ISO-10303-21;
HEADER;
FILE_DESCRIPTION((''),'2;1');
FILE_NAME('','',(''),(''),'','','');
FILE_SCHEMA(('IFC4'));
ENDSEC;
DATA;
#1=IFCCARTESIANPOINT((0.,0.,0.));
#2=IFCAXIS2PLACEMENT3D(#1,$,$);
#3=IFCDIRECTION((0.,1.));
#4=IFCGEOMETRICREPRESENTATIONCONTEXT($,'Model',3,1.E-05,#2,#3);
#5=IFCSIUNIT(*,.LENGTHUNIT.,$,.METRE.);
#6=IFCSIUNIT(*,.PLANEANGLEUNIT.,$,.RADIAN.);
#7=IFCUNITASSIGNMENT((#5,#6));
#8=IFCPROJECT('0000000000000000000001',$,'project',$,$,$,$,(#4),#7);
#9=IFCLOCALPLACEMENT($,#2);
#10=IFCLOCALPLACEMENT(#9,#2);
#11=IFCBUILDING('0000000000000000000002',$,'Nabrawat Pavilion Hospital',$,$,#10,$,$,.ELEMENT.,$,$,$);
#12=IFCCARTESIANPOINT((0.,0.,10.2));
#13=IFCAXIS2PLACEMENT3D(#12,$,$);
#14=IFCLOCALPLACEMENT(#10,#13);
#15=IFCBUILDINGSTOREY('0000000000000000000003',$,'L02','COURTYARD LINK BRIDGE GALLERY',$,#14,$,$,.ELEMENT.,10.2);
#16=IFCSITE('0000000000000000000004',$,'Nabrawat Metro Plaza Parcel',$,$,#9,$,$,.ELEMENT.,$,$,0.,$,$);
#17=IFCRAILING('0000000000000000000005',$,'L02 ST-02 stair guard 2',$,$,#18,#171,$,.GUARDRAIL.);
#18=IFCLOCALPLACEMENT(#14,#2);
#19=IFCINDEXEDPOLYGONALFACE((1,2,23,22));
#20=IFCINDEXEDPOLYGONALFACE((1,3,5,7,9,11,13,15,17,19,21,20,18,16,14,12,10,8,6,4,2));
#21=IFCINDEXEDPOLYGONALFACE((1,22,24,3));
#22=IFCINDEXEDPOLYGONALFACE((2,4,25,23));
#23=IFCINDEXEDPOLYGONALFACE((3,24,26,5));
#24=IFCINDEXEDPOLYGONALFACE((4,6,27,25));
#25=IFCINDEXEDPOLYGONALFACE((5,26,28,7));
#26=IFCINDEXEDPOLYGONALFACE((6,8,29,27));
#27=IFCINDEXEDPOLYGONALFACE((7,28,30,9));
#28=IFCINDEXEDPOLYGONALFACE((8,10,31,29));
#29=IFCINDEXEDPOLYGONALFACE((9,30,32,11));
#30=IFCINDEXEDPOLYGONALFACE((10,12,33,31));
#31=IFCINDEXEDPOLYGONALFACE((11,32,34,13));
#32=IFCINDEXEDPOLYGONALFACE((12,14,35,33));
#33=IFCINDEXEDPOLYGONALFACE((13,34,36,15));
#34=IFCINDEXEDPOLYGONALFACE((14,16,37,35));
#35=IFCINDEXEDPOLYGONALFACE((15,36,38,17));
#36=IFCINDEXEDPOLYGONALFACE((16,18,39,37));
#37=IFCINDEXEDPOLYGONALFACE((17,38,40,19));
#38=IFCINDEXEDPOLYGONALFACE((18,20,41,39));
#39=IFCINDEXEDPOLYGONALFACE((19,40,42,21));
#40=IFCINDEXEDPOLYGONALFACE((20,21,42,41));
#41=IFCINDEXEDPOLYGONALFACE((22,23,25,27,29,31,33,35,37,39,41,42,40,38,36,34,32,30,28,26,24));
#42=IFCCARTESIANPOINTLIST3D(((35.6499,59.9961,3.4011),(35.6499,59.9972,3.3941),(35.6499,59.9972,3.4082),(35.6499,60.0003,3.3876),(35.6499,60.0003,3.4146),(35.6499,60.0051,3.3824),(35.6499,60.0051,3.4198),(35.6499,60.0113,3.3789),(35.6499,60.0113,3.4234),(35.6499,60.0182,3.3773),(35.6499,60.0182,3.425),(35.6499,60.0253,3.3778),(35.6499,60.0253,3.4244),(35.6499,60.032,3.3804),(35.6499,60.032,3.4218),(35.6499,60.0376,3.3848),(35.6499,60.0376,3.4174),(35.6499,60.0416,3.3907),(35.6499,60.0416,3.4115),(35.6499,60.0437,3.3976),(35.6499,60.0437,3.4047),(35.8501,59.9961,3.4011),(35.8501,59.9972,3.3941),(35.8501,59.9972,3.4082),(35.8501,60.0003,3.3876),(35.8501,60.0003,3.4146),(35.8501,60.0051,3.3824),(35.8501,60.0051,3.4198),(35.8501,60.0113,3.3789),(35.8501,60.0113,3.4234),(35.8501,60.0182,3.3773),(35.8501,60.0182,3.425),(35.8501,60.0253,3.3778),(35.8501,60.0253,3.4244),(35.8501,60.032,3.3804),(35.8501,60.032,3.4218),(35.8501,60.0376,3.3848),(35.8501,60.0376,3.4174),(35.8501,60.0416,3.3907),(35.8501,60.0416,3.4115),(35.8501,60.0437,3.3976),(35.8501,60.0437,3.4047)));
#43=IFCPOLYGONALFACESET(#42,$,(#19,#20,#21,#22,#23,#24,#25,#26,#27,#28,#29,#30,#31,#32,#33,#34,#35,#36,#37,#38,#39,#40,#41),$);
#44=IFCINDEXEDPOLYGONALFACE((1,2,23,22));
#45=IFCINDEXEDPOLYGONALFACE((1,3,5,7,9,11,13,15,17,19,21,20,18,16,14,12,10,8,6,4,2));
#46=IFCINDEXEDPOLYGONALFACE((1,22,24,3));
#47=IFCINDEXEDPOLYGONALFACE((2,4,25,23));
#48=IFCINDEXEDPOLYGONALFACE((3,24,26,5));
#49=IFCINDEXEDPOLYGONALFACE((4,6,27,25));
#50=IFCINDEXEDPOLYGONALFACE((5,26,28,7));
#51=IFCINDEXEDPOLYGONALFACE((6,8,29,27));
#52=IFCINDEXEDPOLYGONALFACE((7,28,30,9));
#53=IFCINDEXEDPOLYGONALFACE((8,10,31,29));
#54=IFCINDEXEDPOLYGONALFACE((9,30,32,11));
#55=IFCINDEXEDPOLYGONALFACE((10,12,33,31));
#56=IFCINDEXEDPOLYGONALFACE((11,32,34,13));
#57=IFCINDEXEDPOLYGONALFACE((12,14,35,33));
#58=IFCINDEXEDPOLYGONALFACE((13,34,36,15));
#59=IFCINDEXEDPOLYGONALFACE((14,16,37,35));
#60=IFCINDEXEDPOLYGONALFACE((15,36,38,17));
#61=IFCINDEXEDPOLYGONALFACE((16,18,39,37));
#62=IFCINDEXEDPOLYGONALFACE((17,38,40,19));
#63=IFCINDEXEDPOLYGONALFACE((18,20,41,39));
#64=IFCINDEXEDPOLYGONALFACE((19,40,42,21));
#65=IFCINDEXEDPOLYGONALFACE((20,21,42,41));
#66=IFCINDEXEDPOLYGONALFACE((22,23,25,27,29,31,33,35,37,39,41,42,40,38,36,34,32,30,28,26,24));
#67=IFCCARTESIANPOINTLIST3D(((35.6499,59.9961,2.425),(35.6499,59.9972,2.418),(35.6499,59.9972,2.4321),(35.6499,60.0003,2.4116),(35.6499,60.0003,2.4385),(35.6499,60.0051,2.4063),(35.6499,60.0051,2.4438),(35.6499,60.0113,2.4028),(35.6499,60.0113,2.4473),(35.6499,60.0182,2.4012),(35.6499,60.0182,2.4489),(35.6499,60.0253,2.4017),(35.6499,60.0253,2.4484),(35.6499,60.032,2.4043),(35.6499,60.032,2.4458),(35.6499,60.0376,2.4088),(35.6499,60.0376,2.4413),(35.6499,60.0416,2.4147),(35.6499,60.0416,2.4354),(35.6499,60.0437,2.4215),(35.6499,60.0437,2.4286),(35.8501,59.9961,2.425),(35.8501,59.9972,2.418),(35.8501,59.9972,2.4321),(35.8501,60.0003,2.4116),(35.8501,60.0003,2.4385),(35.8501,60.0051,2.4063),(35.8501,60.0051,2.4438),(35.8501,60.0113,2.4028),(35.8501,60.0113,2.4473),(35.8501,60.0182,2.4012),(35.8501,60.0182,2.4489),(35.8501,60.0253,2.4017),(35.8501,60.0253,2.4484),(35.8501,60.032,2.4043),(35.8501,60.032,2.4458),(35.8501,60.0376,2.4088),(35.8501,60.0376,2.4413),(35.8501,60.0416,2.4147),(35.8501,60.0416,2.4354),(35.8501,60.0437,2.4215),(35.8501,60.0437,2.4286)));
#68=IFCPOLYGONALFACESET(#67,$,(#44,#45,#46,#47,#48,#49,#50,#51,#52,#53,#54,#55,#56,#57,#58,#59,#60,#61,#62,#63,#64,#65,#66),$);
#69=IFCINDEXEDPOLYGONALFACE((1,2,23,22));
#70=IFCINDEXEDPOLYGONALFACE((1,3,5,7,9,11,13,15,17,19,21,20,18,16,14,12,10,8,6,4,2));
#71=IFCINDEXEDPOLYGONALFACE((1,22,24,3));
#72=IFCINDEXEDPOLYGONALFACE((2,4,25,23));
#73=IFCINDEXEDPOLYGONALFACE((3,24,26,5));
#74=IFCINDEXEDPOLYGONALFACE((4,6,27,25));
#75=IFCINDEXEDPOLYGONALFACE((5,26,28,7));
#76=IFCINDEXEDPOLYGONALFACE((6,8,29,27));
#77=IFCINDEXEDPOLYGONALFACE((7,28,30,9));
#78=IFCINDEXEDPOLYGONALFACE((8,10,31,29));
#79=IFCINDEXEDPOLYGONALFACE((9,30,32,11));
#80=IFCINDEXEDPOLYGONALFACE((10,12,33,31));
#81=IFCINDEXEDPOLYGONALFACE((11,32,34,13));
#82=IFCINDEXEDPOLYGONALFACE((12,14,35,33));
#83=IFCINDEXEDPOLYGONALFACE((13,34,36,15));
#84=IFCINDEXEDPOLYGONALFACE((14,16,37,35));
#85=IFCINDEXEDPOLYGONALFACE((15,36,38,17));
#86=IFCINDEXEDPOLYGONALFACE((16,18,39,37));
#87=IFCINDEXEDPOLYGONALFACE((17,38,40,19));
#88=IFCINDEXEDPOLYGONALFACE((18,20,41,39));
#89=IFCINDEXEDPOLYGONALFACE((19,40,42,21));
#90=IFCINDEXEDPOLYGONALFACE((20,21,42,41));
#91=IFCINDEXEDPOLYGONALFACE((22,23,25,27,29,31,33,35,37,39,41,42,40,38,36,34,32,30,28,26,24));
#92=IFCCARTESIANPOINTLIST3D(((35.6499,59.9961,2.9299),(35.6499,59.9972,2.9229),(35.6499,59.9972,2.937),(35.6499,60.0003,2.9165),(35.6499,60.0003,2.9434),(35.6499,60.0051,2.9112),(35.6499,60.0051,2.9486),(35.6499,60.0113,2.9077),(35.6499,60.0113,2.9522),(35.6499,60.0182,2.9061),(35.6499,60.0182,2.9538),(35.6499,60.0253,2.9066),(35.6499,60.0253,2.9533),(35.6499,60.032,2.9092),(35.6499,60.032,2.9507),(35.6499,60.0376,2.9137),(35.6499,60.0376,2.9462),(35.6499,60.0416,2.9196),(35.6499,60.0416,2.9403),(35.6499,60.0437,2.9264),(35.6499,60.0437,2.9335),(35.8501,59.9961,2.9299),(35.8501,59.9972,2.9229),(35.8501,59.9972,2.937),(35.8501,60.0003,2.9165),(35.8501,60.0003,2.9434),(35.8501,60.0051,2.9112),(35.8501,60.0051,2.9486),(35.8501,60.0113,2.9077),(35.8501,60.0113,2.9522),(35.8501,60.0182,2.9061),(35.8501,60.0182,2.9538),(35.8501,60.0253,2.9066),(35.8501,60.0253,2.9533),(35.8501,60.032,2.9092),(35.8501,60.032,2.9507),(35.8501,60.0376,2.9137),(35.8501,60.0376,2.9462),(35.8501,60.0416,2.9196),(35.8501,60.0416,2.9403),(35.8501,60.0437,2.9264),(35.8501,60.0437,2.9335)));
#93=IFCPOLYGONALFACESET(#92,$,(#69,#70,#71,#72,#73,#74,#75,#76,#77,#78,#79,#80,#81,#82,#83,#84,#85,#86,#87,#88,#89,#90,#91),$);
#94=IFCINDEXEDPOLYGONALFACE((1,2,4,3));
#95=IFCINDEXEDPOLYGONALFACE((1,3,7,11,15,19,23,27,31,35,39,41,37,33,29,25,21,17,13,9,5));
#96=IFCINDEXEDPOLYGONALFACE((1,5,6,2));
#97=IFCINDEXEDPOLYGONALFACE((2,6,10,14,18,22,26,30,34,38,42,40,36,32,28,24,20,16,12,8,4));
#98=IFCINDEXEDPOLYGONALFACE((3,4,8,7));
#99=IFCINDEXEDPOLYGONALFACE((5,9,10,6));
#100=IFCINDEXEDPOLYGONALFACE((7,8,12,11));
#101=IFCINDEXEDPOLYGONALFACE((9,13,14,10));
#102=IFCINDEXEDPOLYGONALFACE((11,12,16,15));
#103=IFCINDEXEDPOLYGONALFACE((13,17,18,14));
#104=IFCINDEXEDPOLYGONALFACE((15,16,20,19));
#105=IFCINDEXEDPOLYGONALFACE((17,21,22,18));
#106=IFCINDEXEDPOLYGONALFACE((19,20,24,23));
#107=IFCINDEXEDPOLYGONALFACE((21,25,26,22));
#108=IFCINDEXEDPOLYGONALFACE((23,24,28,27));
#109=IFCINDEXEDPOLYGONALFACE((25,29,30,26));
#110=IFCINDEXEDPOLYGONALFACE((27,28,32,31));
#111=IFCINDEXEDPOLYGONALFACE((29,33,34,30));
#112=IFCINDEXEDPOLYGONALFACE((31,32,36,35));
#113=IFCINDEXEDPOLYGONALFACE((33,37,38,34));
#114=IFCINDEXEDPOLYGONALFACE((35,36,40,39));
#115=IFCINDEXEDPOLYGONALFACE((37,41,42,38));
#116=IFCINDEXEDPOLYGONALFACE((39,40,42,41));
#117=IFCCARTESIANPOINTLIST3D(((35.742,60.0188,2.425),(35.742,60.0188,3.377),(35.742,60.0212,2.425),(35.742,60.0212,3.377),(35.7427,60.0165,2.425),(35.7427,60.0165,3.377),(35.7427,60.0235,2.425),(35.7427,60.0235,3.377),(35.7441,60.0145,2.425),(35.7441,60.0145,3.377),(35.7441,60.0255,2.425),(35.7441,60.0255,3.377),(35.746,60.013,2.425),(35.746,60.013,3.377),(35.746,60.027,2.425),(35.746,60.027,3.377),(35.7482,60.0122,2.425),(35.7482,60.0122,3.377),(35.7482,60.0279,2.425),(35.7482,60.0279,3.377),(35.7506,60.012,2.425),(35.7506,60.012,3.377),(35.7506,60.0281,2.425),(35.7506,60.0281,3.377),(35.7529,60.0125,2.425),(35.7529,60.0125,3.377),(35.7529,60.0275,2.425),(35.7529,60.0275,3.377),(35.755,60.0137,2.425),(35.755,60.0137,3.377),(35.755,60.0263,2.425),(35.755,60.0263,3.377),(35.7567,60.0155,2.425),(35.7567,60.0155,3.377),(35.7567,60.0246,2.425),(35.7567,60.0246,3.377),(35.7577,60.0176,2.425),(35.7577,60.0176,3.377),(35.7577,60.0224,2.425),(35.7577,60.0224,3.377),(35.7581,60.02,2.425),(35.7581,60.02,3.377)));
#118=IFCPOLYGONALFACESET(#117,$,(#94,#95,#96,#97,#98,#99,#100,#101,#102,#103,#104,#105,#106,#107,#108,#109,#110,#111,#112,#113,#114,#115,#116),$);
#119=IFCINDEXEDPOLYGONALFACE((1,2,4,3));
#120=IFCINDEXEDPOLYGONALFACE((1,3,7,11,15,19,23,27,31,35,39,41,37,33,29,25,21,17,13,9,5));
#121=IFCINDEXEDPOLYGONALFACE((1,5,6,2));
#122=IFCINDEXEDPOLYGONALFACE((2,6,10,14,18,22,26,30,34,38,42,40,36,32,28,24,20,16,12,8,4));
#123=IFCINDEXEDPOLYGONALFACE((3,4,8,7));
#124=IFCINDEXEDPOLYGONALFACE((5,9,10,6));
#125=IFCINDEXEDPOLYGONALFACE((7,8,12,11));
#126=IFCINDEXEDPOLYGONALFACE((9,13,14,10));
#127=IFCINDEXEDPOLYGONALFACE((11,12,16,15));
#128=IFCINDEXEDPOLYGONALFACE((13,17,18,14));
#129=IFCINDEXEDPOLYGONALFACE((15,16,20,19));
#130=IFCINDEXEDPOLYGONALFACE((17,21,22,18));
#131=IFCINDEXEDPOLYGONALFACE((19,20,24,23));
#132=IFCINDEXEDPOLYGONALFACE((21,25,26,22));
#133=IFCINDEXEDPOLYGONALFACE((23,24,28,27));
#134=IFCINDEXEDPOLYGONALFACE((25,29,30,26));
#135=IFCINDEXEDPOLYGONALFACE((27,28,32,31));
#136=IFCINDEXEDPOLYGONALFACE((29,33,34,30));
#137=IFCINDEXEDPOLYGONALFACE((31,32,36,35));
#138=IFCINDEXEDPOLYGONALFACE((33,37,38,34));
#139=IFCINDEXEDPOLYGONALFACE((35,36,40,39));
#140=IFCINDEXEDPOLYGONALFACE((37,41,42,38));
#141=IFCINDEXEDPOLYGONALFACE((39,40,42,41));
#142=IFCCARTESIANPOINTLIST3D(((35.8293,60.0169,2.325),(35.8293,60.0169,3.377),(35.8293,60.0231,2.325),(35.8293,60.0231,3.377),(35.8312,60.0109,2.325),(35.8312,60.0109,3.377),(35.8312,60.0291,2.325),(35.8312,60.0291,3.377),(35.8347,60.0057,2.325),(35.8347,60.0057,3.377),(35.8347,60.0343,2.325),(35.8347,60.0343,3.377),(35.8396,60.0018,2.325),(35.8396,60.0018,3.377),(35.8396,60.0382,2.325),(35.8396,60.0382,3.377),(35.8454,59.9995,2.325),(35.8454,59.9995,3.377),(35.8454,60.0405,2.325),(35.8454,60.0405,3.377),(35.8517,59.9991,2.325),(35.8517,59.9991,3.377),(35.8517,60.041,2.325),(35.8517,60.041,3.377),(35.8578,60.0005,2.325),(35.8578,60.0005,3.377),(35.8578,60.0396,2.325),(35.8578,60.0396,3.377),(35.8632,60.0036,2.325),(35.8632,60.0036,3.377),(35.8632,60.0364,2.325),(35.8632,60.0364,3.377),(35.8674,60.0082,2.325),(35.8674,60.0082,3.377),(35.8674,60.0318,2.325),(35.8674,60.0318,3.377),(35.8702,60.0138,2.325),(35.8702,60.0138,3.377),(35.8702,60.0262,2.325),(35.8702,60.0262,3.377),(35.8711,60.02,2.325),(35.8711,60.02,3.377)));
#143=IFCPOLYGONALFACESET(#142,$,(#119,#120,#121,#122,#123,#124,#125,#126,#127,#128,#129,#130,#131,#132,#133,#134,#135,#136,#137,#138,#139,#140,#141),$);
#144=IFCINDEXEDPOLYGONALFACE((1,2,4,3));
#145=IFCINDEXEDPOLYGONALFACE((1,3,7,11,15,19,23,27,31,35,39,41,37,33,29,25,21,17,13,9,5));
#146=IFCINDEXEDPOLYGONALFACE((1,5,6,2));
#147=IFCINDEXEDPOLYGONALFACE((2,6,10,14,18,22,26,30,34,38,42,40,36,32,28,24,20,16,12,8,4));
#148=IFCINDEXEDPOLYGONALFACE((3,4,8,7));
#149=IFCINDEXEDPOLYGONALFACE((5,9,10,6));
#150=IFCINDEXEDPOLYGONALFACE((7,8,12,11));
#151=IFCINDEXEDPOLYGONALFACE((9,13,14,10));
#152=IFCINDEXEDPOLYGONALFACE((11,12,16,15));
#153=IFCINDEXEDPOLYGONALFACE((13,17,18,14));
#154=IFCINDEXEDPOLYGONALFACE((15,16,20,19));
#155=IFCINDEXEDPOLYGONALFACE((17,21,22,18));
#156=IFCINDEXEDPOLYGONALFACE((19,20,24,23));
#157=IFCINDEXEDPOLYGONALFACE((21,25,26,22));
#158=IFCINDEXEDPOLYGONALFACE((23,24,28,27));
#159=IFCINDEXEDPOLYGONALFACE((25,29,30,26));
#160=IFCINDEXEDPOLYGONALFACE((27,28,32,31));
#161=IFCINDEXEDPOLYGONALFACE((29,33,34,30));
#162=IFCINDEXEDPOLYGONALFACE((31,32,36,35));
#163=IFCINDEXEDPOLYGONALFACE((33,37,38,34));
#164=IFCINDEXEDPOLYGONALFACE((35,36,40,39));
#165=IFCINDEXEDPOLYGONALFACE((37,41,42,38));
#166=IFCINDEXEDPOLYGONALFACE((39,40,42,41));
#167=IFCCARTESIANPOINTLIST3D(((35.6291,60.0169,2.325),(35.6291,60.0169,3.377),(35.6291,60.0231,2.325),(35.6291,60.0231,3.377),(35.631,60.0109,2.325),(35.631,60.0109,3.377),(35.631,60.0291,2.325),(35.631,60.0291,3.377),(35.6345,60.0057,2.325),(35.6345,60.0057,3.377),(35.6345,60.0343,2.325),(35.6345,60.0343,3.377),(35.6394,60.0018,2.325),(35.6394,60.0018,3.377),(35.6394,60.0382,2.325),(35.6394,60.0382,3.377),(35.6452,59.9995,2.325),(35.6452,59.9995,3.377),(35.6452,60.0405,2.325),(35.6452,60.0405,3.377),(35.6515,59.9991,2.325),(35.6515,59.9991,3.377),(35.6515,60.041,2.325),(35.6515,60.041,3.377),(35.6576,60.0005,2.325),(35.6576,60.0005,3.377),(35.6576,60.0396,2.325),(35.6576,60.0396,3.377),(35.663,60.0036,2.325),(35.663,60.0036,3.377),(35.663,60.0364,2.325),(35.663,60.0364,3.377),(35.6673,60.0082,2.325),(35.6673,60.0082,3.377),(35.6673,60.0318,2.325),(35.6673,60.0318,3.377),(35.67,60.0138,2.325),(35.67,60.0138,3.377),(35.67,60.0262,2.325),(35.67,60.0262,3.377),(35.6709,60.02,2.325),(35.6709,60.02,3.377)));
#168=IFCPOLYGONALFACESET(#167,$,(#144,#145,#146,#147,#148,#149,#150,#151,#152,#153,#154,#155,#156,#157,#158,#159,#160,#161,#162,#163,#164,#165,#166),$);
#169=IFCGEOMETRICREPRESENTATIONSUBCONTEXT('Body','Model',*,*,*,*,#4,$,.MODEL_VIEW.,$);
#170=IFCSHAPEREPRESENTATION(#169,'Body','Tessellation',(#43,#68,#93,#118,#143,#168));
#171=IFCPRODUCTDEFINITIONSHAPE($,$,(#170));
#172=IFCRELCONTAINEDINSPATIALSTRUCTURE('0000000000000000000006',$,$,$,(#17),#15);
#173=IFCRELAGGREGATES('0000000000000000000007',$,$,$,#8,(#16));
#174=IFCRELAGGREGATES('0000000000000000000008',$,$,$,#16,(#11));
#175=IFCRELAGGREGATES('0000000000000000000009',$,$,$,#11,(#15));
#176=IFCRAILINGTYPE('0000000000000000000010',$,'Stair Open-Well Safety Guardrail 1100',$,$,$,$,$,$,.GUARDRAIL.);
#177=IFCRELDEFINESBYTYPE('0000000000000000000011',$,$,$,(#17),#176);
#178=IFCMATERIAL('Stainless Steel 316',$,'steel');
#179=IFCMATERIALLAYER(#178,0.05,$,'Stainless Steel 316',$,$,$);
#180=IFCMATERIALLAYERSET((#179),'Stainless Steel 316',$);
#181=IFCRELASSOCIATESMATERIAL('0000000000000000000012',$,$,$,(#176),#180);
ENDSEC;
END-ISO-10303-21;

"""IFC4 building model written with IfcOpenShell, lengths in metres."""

from ifc_helpers import new_model, si_unit, direction, frame, origin, origin_2d, place, context, subcontext, project, spatial, circle, extrude, material, layer, layer_set, type_object, element, save


model = new_model("IFC4")

# Units and contexts
model_context = context("Model", 3, precision=1e-05, world=origin(), true_north=direction((0.0, 1.0)))
body_context = subcontext(model_context, "Body", "Model", "MODEL_VIEW")
ifc_project = project(units=[si_unit("LENGTHUNIT", "METRE"), si_unit("PLANEANGLEUNIT", "RADIAN")], contexts=[model_context])

# Site, building, storey
site_placement = place(None, origin())
site = spatial("IfcSite", under=ifc_project, at=site_placement, Name="Nabrawat Metro Plaza Parcel", CompositionType="ELEMENT", RefElevation=0.0)
building_placement = place(site_placement, origin())
building = spatial("IfcBuilding", under=site, at=building_placement, Name="Nabrawat Pavilion Hospital", CompositionType="ELEMENT")
storey_placement = place(building_placement, frame((0.0, 0.0, 10.2)))
storey = spatial("IfcBuildingStorey", under=building, at=storey_placement, Name="L02", Description="COURTYARD LINK BRIDGE GALLERY", CompositionType="ELEMENT", Elevation=10.2)

# Railing
ifc_material_1 = material(Name="Stainless Steel 316", Category="steel")
ifc_layer_1 = layer(ifc_material_1, 0.05, Name="Stainless Steel 316")
ifc_layer_set_1 = layer_set([ifc_layer_1], Name="Stainless Steel 316")
railing_type_1 = type_object("IfcRailingType", Name="Stair Open-Well Safety Guardrail 1100", PredefinedType="GUARDRAIL", material=ifc_layer_set_1)
railing_1_placement = place(storey_placement, frame((35.8501, 60.02, 2.325)))
element("IfcRailing", 1, at=railing_1_placement, inside=storey, type_object=railing_type_1, Name="L02 ST-02 stair guard 2", PredefinedType="GUARDRAIL", context=body_context, shape_type="SweptSolid", body=[
    extrude(circle(Radius=0.0239, at=origin_2d()), frame((0.0, 0.0, 1.0762), z_axis=(-1.0, 0.0, 0.0), x_axis=(0.0, -1.0, 0.0)), (0.0, 0.0, 1.0), 0.2002),
    extrude(circle(Radius=0.0239, at=origin_2d()), frame((0.0, 0.0, 0.1001), z_axis=(-1.0, 0.0, 0.0), x_axis=(0.0, -1.0, 0.0)), (0.0, 0.0, 1.0), 0.2002),
    extrude(circle(Radius=0.0239, at=origin_2d()), frame((0.0, 0.0, 0.605), z_axis=(-1.0, 0.0, 0.0), x_axis=(0.0, -1.0, 0.0)), (0.0, 0.0, 1.0), 0.2002),
    extrude(circle(Radius=0.0081, at=origin_2d()), frame((-0.1001, 0.0, 0.1001)), (0.0, 0.0, 1.0), 0.9519),
    extrude(circle(Radius=0.021, at=origin_2d()), origin(), (0.0, 0.0, 1.0), 1.052),
    extrude(circle(Radius=0.021, at=origin_2d()), frame((-0.2002, 0.0, 0.0)), (0.0, 0.0, 1.0), 1.052),
])

save(model, "model.ifc")
